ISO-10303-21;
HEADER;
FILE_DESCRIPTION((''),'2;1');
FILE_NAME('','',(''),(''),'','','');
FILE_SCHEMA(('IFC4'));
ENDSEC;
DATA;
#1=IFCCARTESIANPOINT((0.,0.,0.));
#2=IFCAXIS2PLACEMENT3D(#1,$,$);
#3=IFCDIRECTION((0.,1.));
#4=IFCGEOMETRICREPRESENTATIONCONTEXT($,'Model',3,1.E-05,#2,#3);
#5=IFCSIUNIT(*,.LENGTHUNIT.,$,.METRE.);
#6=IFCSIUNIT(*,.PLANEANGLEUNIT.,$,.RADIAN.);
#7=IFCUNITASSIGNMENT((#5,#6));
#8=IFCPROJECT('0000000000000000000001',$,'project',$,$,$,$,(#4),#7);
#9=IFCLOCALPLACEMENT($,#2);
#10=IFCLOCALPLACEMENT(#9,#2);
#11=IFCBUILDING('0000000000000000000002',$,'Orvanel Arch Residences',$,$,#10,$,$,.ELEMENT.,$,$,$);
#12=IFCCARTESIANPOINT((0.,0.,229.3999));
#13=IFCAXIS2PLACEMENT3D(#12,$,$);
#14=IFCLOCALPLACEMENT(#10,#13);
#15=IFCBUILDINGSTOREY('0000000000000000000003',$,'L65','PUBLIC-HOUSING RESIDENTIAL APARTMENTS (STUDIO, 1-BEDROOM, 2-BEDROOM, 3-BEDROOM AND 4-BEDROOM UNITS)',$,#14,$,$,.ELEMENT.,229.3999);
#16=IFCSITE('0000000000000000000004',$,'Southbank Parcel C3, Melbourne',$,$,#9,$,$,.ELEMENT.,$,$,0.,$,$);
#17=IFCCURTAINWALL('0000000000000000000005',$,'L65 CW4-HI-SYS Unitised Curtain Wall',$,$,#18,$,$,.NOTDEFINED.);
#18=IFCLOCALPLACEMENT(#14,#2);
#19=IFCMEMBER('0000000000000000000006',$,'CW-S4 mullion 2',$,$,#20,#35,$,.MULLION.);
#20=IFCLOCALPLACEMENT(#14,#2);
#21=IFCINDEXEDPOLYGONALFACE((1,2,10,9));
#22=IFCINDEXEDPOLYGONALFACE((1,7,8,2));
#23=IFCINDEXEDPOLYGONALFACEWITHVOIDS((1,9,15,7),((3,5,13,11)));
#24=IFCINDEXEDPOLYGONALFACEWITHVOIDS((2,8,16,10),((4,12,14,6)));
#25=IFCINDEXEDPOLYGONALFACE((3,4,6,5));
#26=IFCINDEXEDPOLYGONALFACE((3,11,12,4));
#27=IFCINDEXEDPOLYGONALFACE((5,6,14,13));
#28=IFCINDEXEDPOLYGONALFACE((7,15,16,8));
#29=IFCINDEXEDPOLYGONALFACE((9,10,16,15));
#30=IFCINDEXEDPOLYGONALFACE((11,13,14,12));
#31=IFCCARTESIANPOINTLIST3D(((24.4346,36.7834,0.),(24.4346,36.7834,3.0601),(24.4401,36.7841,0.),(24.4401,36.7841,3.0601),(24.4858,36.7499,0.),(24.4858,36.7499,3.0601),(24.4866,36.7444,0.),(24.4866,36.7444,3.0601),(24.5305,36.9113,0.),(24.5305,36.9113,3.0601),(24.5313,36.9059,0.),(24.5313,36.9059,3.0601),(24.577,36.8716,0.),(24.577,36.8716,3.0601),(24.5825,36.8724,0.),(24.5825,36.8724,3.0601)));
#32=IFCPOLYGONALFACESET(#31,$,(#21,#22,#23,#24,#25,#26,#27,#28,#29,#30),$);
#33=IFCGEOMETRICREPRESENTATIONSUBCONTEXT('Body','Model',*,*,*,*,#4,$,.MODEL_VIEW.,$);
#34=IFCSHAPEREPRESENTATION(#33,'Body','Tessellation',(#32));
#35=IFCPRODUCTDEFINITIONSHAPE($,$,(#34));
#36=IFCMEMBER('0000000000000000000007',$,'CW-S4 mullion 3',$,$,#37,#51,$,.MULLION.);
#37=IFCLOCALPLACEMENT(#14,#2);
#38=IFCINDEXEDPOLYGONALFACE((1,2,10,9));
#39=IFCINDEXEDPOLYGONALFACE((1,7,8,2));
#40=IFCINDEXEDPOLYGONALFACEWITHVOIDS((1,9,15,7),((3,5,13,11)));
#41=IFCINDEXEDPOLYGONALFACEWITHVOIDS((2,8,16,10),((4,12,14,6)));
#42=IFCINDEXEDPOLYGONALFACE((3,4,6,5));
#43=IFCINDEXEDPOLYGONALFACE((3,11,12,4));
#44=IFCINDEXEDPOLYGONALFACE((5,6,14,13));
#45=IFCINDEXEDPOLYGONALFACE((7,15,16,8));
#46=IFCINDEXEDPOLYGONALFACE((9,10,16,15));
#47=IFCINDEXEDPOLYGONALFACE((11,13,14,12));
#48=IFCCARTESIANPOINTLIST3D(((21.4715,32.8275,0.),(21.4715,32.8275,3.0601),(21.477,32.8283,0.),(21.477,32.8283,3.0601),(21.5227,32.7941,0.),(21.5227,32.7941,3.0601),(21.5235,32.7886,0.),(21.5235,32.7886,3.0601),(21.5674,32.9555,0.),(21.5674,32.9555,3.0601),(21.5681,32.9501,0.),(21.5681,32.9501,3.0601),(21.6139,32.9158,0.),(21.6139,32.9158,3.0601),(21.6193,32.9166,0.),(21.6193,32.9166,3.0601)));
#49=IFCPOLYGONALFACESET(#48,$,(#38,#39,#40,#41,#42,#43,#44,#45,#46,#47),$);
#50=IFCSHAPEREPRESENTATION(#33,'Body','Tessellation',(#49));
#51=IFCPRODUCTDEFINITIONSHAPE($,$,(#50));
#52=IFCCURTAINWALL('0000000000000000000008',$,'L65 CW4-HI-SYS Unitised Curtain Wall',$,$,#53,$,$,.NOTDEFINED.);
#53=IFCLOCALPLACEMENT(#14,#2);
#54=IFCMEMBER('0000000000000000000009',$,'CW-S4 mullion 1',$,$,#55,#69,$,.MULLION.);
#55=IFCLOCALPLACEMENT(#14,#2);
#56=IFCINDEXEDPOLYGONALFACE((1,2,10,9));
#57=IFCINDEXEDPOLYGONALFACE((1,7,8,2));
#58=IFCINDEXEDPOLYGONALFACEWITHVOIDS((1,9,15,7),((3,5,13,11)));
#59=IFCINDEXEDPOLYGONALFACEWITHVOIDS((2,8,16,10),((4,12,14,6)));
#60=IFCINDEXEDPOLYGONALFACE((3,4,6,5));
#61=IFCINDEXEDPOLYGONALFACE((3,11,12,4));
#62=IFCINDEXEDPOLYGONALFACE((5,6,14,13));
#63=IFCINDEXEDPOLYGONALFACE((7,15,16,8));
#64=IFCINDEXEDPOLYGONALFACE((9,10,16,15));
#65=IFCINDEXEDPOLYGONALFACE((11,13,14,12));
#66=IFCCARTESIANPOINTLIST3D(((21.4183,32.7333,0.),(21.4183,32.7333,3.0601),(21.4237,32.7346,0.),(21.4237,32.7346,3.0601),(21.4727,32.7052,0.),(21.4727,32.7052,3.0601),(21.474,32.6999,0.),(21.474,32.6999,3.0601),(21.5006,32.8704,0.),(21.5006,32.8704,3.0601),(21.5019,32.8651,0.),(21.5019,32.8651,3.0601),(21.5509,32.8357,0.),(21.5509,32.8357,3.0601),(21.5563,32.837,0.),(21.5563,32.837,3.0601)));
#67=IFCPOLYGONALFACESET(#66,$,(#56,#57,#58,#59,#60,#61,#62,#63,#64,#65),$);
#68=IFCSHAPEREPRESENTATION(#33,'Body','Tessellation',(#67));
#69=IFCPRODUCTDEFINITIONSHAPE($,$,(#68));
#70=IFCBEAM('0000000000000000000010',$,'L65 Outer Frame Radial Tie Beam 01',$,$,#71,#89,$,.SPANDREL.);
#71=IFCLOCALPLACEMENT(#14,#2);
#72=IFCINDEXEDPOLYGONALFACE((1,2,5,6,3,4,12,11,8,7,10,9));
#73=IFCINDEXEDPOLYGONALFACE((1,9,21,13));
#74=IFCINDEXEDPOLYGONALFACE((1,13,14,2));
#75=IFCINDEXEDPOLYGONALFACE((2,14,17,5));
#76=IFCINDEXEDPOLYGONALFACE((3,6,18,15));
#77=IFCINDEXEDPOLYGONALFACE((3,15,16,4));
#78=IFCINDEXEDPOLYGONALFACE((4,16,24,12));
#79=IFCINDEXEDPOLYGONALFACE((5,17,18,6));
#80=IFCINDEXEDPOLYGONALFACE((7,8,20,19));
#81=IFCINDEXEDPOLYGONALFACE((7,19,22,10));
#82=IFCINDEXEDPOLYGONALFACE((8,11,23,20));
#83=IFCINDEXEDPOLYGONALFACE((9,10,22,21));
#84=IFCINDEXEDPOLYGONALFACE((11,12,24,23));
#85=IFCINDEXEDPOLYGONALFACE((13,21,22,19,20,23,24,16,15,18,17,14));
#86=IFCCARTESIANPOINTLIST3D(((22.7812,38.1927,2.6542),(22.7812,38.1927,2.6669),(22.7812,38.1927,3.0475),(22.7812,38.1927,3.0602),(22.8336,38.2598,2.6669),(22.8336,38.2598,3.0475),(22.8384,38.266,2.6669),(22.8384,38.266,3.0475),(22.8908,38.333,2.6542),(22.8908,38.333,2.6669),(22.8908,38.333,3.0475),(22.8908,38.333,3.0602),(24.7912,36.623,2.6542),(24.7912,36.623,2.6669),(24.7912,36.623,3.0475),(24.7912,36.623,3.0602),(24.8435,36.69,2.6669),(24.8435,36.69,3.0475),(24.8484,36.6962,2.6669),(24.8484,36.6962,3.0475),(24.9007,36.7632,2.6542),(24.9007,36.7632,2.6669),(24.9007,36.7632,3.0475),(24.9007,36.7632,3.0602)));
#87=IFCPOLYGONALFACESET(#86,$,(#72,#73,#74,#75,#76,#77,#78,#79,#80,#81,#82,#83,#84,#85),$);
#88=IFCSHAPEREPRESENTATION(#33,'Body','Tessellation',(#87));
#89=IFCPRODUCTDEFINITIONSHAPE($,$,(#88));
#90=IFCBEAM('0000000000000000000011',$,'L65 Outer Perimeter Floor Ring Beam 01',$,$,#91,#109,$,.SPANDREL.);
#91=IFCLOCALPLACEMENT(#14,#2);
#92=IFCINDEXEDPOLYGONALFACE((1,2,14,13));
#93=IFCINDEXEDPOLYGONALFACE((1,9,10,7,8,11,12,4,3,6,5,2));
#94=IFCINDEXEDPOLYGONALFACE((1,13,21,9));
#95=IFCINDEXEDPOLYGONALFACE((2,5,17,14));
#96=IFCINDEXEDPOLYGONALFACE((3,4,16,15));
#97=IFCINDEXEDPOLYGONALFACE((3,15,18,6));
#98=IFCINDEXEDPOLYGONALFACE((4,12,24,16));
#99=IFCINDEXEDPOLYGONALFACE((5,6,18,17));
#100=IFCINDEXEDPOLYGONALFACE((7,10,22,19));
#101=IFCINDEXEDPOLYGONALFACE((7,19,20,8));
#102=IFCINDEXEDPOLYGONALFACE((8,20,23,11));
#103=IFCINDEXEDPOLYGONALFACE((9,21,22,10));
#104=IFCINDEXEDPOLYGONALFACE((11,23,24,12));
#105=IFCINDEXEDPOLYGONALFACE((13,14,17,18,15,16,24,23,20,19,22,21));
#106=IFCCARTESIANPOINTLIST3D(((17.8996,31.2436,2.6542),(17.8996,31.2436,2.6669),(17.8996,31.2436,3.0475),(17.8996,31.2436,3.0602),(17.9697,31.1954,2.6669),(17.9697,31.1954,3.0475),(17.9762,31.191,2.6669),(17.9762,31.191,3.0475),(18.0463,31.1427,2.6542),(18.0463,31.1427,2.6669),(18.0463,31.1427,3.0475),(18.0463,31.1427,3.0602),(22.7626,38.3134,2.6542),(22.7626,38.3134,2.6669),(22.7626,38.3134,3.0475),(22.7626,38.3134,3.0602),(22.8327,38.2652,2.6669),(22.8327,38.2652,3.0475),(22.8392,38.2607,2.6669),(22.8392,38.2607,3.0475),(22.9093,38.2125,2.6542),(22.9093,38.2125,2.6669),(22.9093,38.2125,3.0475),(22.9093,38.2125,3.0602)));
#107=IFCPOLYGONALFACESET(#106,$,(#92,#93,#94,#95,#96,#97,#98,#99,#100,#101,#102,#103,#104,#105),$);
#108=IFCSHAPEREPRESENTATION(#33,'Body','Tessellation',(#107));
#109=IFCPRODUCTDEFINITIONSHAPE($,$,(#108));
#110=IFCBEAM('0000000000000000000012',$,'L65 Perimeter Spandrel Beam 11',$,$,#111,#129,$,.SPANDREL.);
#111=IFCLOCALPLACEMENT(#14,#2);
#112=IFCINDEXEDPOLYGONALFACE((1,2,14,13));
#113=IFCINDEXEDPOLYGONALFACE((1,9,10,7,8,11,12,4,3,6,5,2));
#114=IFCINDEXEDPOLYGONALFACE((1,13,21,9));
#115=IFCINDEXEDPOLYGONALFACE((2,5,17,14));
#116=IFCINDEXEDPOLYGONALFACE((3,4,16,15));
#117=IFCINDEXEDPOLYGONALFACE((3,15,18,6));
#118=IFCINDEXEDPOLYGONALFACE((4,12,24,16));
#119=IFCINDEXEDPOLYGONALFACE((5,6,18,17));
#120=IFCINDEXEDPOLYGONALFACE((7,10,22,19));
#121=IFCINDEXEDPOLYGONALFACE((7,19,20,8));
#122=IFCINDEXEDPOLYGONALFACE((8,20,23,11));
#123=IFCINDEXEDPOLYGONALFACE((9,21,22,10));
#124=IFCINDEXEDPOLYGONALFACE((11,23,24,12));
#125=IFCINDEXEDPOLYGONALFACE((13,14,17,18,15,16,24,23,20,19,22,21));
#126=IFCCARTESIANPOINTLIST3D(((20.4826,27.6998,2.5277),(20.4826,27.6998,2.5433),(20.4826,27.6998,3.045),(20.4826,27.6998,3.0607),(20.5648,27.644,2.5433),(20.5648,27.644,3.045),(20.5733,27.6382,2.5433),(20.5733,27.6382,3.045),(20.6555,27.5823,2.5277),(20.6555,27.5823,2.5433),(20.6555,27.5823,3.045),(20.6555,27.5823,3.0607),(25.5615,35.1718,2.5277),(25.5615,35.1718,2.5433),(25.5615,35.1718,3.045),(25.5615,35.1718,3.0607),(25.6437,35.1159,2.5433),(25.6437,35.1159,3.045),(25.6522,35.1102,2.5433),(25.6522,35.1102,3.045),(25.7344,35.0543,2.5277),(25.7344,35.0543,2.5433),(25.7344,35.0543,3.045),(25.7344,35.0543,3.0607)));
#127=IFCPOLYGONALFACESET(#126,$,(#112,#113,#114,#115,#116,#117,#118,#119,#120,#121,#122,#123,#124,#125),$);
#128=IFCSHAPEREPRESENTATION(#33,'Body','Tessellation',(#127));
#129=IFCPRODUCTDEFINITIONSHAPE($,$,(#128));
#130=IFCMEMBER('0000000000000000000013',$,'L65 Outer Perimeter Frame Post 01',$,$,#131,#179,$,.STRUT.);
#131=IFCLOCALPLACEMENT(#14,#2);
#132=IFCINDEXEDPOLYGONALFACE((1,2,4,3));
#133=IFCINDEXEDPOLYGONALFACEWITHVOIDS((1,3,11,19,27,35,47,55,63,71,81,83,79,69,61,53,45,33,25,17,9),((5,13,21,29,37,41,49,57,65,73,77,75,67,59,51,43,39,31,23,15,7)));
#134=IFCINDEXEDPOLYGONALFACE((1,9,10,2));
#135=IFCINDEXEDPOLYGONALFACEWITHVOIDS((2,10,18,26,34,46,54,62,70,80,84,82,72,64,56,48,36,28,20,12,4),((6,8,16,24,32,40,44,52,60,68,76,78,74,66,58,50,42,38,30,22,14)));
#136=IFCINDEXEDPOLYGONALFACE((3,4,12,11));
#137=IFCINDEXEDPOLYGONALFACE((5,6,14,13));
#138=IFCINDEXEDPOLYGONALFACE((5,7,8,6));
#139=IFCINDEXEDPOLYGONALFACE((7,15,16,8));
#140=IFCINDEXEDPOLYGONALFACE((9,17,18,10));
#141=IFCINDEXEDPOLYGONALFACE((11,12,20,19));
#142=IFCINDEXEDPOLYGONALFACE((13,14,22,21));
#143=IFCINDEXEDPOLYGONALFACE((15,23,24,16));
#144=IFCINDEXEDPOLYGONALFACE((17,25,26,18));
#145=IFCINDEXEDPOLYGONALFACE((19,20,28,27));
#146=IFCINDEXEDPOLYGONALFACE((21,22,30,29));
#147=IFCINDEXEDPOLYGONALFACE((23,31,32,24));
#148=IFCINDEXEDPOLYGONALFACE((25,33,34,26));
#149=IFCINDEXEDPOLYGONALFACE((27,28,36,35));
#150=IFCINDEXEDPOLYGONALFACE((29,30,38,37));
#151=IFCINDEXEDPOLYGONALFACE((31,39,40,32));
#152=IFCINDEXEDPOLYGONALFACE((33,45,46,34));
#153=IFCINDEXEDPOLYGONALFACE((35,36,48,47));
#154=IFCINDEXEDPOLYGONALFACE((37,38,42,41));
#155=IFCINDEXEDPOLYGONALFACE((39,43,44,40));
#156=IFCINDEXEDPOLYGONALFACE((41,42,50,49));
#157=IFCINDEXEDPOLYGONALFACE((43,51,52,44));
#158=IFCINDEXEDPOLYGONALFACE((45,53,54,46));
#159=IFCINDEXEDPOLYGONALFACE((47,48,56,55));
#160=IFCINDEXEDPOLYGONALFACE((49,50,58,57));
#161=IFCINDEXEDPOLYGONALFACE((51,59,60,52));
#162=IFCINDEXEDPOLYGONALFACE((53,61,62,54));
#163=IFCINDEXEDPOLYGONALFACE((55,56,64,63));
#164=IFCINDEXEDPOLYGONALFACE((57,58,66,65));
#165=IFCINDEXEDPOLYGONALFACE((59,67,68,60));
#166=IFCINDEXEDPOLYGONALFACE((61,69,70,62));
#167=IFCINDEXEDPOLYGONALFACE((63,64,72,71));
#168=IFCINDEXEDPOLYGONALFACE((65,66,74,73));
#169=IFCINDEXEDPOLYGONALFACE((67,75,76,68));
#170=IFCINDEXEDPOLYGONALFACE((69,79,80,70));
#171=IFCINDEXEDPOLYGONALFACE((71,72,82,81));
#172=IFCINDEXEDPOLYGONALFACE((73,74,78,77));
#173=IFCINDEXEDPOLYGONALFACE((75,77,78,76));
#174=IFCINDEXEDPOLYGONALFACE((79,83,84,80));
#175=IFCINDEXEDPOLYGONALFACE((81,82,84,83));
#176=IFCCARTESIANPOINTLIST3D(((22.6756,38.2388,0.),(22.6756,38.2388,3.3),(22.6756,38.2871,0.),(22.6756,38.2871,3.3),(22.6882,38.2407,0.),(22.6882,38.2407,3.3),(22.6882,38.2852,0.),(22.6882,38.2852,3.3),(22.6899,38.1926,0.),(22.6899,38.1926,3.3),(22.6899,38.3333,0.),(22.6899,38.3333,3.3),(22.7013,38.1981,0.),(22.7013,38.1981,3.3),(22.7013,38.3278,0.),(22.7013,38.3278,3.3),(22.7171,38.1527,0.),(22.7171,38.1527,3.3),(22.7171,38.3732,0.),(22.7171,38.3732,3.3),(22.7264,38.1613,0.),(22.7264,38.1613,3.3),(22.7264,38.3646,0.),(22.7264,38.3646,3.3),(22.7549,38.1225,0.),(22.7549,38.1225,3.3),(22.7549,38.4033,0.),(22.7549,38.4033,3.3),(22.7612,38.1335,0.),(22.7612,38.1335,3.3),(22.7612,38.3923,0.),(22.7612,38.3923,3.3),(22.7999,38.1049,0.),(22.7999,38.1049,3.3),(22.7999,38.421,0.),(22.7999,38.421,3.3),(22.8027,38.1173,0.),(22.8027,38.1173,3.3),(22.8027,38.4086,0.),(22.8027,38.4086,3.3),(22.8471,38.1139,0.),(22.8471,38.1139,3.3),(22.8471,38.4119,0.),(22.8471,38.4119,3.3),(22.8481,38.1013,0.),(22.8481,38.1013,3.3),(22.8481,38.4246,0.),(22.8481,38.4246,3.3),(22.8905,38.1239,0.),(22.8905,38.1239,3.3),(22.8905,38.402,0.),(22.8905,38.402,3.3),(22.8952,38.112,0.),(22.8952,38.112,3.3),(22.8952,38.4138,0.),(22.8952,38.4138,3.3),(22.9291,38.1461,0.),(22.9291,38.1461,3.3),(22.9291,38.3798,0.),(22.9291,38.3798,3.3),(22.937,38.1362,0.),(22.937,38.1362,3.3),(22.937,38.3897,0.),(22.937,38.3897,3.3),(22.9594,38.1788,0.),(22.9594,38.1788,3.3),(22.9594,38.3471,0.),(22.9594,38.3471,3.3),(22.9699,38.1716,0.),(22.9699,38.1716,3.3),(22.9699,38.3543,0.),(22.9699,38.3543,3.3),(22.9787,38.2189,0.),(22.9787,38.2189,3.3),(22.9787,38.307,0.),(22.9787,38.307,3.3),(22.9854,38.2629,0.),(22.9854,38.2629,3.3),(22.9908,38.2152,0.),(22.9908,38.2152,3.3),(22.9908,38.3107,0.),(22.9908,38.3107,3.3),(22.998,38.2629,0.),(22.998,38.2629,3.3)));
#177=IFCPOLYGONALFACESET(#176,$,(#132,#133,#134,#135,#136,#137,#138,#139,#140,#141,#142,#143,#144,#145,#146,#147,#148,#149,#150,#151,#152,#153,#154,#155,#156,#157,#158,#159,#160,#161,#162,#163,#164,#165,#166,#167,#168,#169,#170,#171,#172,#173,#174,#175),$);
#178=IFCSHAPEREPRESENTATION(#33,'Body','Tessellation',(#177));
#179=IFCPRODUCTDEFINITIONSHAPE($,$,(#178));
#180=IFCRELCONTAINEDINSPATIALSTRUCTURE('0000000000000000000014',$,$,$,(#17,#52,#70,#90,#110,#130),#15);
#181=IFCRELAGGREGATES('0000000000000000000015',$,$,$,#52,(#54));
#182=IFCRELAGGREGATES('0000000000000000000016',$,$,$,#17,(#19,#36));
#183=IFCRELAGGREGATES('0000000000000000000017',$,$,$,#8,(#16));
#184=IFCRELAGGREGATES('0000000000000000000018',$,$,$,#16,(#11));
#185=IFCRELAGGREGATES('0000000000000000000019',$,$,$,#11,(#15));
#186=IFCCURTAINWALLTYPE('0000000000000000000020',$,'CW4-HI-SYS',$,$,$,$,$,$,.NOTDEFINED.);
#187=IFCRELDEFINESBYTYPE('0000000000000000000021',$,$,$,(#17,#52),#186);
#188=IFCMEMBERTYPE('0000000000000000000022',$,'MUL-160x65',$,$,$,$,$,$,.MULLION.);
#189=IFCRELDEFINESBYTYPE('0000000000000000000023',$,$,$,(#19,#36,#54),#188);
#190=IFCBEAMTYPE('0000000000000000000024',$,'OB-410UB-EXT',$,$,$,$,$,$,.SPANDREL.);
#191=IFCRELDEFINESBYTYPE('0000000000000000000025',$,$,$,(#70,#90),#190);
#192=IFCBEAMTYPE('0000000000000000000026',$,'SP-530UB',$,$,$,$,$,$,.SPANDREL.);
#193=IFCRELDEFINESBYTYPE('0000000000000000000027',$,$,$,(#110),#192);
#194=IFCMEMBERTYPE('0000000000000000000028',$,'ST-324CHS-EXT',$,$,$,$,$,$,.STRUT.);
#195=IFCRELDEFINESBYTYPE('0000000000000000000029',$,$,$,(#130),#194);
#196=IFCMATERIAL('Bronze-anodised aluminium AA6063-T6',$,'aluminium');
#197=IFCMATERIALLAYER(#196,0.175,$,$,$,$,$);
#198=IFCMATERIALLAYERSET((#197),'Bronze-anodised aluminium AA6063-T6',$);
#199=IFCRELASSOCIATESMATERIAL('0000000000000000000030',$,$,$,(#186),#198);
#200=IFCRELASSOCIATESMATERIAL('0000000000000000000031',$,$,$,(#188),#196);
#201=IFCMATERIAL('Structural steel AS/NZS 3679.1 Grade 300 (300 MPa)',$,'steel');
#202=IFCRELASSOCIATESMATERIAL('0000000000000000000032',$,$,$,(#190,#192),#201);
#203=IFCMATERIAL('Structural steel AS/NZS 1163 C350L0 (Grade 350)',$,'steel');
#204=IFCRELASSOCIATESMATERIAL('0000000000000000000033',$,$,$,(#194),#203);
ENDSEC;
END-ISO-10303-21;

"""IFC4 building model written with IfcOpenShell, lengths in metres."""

from ifc_helpers import new_model, si_unit, direction, frame, origin, origin_2d, place, context, subcontext, project, spatial, hollow_rectangle, hollow_circle, i_section, extrude, material, layer, layer_set, material_profile, profile_set, type_object, element, aggregate, save


model = new_model("IFC4")

# Units and contexts
model_context = context("Model", 3, precision=1e-05, world=origin(), true_north=direction((0.0, 1.0)))
body_context = subcontext(model_context, "Body", "Model", "MODEL_VIEW")
ifc_project = project(units=[si_unit("LENGTHUNIT", "METRE"), si_unit("PLANEANGLEUNIT", "RADIAN")], contexts=[model_context])

# Site, building, storey
site_placement = place(None, origin())
site = spatial("IfcSite", under=ifc_project, at=site_placement, Name="Southbank Parcel C3, Melbourne", CompositionType="ELEMENT", RefElevation=0.0)
building_placement = place(site_placement, origin())
building = spatial("IfcBuilding", under=site, at=building_placement, Name="Orvanel Arch Residences", CompositionType="ELEMENT")
storey_placement = place(building_placement, frame((0.0, 0.0, 229.3999)))
storey = spatial("IfcBuildingStorey", under=building, at=storey_placement, Name="L65", Description="PUBLIC-HOUSING RESIDENTIAL APARTMENTS (STUDIO, 1-BEDROOM, 2-BEDROOM, 3-BEDROOM AND 4-BEDROOM UNITS)", CompositionType="ELEMENT", Elevation=229.3999)

# Shared definitions
ifc_material_1 = material(Name="Structural steel AS/NZS 3679.1 Grade 300 (300 MPa)", Category="steel")

# Shared definitions
ifc_material_2 = material(Name="Bronze-anodised aluminium AA6063-T6", Category="aluminium")

# Curtain wall, members
ifc_layer_1 = layer(ifc_material_2, 0.175)
ifc_layer_set_1 = layer_set([ifc_layer_1], Name="Bronze-anodised aluminium AA6063-T6")
curtain_wall_type_1 = type_object("IfcCurtainWallType", Name="CW4-HI-SYS", PredefinedType="NOTDEFINED", material=ifc_layer_set_1)
curtain_wall_1_placement = place(storey_placement, origin())
curtain_wall_1 = element("IfcCurtainWall", 1, at=curtain_wall_1_placement, inside=storey, type_object=curtain_wall_type_1, Name="L65 CW4-HI-SYS Unitised Curtain Wall", PredefinedType="NOTDEFINED")
ifc_material_profile_1 = material_profile(ifc_material_2, hollow_rectangle(XDim=0.0649, YDim=0.1599, WallThickness=0.0039, at=origin_2d()), Name="ALU160x65x4")
ifc_profile_set_1 = profile_set([ifc_material_profile_1], Name="Bronze-anodised aluminium AA6063-T6")
member_type_1 = type_object("IfcMemberType", Name="MUL-160x65", PredefinedType="MULLION", material=ifc_profile_set_1)
member_1_placement = place(storey_placement, frame((24.5085, 36.8279, 0.0), z_axis=(0.0, 0.0, 1.0), x_axis=(0.800386, -0.599485, 0.0)))
member_1 = element("IfcMember", 2, at=member_1_placement, type_object=member_type_1, Name="CW-S4 mullion 2", PredefinedType="MULLION", context=body_context, shape_type="SweptSolid", body=[
    extrude(hollow_rectangle(XDim=0.0649, YDim=0.1599, WallThickness=0.0039, at=origin_2d()), origin(), (0.0, 0.0, 1.0), 3.0601),
])
member_2_placement = place(storey_placement, frame((21.5454, 32.8721, 0.0), z_axis=(0.0, 0.0, 1.0), x_axis=(0.800386, -0.599485, 0.0)))
member_2 = element("IfcMember", 3, at=member_2_placement, type_object=member_type_1, Name="CW-S4 mullion 3", PredefinedType="MULLION", context=body_context, shape_type="SweptSolid", body=[
    extrude(hollow_rectangle(XDim=0.0649, YDim=0.1599, WallThickness=0.0039, at=origin_2d()), origin(), (0.0, 0.0, 1.0), 3.0601),
])

# Curtain wall, member
curtain_wall_2_placement = place(storey_placement, origin())
curtain_wall_2 = element("IfcCurtainWall", 4, at=curtain_wall_2_placement, inside=storey, type_object=curtain_wall_type_1, Name="L65 CW4-HI-SYS Unitised Curtain Wall", PredefinedType="NOTDEFINED")
member_3_placement = place(storey_placement, frame((21.4873, 32.7852, 0.0), z_axis=(0.0, 0.0, 1.0), x_axis=(0.857529, -0.514436, 0.0)))
member_3 = element("IfcMember", 5, at=member_3_placement, type_object=member_type_1, Name="CW-S4 mullion 1", PredefinedType="MULLION", context=body_context, shape_type="SweptSolid", body=[
    extrude(hollow_rectangle(XDim=0.0649, YDim=0.1599, WallThickness=0.0039, at=origin_2d()), origin(), (0.0, 0.0, 1.0), 3.0601),
])

# Beams
ifc_material_profile_2 = material_profile(ifc_material_1, i_section(OverallWidth=0.178, OverallDepth=0.406, WebThickness=0.0078, FlangeThickness=0.0127, at=origin_2d()), Name="410UB59.7")
ifc_profile_set_2 = profile_set([ifc_material_profile_2], Name="Structural steel AS/NZS 3679.1 Grade 300 (300 MPa)")
beam_type_1 = type_object("IfcBeamType", Name="OB-410UB-EXT", PredefinedType="SPANDREL", material=ifc_profile_set_2)
beam_1_placement = place(storey_placement, frame((24.8459, 36.6931, 2.8572), z_axis=(-0.788119, 0.615523, 0.0), x_axis=(-0.615523, -0.788119, 0.0)))
element("IfcBeam", 6, at=beam_1_placement, inside=storey, type_object=beam_type_1, Name="L65 Outer Frame Radial Tie Beam 01", PredefinedType="SPANDREL", context=body_context, shape_type="SweptSolid", body=[
    extrude(i_section(OverallWidth=0.178, OverallDepth=0.406, WebThickness=0.0078, FlangeThickness=0.0127, at=origin_2d()), origin(), (0.0, 0.0, 1.0), 2.5503),
])
beam_2_placement = place(storey_placement, frame((22.8359, 38.2629, 2.8572), z_axis=(-0.566729, -0.823904, 0.0), x_axis=(0.823904, -0.566729, 0.0)))
element("IfcBeam", 7, at=beam_2_placement, inside=storey, type_object=beam_type_1, Name="L65 Outer Perimeter Floor Ring Beam 01", PredefinedType="SPANDREL", context=body_context, shape_type="SweptSolid", body=[
    extrude(i_section(OverallWidth=0.178, OverallDepth=0.406, WebThickness=0.0078, FlangeThickness=0.0127, at=origin_2d()), origin(), (0.0, 0.0, 1.0), 8.5808),
])
ifc_material_profile_3 = material_profile(ifc_material_1, i_section(OverallWidth=0.209, OverallDepth=0.533, WebThickness=0.0103, FlangeThickness=0.0156, at=origin_2d()), Name="530UB92.4")
ifc_profile_set_3 = profile_set([ifc_material_profile_3], Name="Structural steel AS/NZS 3679.1 Grade 300 (300 MPa)")
beam_type_2 = type_object("IfcBeamType", Name="SP-530UB", PredefinedType="SPANDREL", material=ifc_profile_set_3)
beam_3_placement = place(storey_placement, frame((25.6479, 35.113, 2.7942), z_axis=(-0.562155, -0.827032, 0.0), x_axis=(0.827032, -0.562155, 0.0)))
element("IfcBeam", 8, at=beam_3_placement, inside=storey, type_object=beam_type_2, Name="L65 Perimeter Spandrel Beam 11", PredefinedType="SPANDREL", context=body_context, shape_type="SweptSolid", body=[
    extrude(i_section(OverallWidth=0.209, OverallDepth=0.533, WebThickness=0.0103, FlangeThickness=0.0156, at=origin_2d()), origin(), (0.0, 0.0, 1.0), 9.0347),
])

# Member
ifc_material_3 = material(Name="Structural steel AS/NZS 1163 C350L0 (Grade 350)", Category="steel")
ifc_material_profile_4 = material_profile(ifc_material_3, hollow_circle(Radius=0.1621, WallThickness=0.0127, at=origin_2d()), Name="CHS324x12.7")
ifc_profile_set_4 = profile_set([ifc_material_profile_4], Name="Structural steel AS/NZS 1163 C350L0 (Grade 350)")
member_type_2 = type_object("IfcMemberType", Name="ST-324CHS-EXT", PredefinedType="STRUT", material=ifc_profile_set_4)
member_4_placement = place(storey_placement, frame((22.8359, 38.2629, 0.0), z_axis=(0.0, 0.0, 1.0), x_axis=(1.0, 0.0, 0.0)))
element("IfcMember", 9, at=member_4_placement, inside=storey, type_object=member_type_2, Name="L65 Outer Perimeter Frame Post 01", PredefinedType="STRUT", context=body_context, shape_type="SweptSolid", body=[
    extrude(hollow_circle(Radius=0.1621, WallThickness=0.0127, at=origin_2d()), origin(), (0.0, 0.0, 1.0), 3.3),
])
aggregate(curtain_wall_2, [member_3])

aggregate(curtain_wall_1, [member_1, member_2])

save(model, "model.ifc")
